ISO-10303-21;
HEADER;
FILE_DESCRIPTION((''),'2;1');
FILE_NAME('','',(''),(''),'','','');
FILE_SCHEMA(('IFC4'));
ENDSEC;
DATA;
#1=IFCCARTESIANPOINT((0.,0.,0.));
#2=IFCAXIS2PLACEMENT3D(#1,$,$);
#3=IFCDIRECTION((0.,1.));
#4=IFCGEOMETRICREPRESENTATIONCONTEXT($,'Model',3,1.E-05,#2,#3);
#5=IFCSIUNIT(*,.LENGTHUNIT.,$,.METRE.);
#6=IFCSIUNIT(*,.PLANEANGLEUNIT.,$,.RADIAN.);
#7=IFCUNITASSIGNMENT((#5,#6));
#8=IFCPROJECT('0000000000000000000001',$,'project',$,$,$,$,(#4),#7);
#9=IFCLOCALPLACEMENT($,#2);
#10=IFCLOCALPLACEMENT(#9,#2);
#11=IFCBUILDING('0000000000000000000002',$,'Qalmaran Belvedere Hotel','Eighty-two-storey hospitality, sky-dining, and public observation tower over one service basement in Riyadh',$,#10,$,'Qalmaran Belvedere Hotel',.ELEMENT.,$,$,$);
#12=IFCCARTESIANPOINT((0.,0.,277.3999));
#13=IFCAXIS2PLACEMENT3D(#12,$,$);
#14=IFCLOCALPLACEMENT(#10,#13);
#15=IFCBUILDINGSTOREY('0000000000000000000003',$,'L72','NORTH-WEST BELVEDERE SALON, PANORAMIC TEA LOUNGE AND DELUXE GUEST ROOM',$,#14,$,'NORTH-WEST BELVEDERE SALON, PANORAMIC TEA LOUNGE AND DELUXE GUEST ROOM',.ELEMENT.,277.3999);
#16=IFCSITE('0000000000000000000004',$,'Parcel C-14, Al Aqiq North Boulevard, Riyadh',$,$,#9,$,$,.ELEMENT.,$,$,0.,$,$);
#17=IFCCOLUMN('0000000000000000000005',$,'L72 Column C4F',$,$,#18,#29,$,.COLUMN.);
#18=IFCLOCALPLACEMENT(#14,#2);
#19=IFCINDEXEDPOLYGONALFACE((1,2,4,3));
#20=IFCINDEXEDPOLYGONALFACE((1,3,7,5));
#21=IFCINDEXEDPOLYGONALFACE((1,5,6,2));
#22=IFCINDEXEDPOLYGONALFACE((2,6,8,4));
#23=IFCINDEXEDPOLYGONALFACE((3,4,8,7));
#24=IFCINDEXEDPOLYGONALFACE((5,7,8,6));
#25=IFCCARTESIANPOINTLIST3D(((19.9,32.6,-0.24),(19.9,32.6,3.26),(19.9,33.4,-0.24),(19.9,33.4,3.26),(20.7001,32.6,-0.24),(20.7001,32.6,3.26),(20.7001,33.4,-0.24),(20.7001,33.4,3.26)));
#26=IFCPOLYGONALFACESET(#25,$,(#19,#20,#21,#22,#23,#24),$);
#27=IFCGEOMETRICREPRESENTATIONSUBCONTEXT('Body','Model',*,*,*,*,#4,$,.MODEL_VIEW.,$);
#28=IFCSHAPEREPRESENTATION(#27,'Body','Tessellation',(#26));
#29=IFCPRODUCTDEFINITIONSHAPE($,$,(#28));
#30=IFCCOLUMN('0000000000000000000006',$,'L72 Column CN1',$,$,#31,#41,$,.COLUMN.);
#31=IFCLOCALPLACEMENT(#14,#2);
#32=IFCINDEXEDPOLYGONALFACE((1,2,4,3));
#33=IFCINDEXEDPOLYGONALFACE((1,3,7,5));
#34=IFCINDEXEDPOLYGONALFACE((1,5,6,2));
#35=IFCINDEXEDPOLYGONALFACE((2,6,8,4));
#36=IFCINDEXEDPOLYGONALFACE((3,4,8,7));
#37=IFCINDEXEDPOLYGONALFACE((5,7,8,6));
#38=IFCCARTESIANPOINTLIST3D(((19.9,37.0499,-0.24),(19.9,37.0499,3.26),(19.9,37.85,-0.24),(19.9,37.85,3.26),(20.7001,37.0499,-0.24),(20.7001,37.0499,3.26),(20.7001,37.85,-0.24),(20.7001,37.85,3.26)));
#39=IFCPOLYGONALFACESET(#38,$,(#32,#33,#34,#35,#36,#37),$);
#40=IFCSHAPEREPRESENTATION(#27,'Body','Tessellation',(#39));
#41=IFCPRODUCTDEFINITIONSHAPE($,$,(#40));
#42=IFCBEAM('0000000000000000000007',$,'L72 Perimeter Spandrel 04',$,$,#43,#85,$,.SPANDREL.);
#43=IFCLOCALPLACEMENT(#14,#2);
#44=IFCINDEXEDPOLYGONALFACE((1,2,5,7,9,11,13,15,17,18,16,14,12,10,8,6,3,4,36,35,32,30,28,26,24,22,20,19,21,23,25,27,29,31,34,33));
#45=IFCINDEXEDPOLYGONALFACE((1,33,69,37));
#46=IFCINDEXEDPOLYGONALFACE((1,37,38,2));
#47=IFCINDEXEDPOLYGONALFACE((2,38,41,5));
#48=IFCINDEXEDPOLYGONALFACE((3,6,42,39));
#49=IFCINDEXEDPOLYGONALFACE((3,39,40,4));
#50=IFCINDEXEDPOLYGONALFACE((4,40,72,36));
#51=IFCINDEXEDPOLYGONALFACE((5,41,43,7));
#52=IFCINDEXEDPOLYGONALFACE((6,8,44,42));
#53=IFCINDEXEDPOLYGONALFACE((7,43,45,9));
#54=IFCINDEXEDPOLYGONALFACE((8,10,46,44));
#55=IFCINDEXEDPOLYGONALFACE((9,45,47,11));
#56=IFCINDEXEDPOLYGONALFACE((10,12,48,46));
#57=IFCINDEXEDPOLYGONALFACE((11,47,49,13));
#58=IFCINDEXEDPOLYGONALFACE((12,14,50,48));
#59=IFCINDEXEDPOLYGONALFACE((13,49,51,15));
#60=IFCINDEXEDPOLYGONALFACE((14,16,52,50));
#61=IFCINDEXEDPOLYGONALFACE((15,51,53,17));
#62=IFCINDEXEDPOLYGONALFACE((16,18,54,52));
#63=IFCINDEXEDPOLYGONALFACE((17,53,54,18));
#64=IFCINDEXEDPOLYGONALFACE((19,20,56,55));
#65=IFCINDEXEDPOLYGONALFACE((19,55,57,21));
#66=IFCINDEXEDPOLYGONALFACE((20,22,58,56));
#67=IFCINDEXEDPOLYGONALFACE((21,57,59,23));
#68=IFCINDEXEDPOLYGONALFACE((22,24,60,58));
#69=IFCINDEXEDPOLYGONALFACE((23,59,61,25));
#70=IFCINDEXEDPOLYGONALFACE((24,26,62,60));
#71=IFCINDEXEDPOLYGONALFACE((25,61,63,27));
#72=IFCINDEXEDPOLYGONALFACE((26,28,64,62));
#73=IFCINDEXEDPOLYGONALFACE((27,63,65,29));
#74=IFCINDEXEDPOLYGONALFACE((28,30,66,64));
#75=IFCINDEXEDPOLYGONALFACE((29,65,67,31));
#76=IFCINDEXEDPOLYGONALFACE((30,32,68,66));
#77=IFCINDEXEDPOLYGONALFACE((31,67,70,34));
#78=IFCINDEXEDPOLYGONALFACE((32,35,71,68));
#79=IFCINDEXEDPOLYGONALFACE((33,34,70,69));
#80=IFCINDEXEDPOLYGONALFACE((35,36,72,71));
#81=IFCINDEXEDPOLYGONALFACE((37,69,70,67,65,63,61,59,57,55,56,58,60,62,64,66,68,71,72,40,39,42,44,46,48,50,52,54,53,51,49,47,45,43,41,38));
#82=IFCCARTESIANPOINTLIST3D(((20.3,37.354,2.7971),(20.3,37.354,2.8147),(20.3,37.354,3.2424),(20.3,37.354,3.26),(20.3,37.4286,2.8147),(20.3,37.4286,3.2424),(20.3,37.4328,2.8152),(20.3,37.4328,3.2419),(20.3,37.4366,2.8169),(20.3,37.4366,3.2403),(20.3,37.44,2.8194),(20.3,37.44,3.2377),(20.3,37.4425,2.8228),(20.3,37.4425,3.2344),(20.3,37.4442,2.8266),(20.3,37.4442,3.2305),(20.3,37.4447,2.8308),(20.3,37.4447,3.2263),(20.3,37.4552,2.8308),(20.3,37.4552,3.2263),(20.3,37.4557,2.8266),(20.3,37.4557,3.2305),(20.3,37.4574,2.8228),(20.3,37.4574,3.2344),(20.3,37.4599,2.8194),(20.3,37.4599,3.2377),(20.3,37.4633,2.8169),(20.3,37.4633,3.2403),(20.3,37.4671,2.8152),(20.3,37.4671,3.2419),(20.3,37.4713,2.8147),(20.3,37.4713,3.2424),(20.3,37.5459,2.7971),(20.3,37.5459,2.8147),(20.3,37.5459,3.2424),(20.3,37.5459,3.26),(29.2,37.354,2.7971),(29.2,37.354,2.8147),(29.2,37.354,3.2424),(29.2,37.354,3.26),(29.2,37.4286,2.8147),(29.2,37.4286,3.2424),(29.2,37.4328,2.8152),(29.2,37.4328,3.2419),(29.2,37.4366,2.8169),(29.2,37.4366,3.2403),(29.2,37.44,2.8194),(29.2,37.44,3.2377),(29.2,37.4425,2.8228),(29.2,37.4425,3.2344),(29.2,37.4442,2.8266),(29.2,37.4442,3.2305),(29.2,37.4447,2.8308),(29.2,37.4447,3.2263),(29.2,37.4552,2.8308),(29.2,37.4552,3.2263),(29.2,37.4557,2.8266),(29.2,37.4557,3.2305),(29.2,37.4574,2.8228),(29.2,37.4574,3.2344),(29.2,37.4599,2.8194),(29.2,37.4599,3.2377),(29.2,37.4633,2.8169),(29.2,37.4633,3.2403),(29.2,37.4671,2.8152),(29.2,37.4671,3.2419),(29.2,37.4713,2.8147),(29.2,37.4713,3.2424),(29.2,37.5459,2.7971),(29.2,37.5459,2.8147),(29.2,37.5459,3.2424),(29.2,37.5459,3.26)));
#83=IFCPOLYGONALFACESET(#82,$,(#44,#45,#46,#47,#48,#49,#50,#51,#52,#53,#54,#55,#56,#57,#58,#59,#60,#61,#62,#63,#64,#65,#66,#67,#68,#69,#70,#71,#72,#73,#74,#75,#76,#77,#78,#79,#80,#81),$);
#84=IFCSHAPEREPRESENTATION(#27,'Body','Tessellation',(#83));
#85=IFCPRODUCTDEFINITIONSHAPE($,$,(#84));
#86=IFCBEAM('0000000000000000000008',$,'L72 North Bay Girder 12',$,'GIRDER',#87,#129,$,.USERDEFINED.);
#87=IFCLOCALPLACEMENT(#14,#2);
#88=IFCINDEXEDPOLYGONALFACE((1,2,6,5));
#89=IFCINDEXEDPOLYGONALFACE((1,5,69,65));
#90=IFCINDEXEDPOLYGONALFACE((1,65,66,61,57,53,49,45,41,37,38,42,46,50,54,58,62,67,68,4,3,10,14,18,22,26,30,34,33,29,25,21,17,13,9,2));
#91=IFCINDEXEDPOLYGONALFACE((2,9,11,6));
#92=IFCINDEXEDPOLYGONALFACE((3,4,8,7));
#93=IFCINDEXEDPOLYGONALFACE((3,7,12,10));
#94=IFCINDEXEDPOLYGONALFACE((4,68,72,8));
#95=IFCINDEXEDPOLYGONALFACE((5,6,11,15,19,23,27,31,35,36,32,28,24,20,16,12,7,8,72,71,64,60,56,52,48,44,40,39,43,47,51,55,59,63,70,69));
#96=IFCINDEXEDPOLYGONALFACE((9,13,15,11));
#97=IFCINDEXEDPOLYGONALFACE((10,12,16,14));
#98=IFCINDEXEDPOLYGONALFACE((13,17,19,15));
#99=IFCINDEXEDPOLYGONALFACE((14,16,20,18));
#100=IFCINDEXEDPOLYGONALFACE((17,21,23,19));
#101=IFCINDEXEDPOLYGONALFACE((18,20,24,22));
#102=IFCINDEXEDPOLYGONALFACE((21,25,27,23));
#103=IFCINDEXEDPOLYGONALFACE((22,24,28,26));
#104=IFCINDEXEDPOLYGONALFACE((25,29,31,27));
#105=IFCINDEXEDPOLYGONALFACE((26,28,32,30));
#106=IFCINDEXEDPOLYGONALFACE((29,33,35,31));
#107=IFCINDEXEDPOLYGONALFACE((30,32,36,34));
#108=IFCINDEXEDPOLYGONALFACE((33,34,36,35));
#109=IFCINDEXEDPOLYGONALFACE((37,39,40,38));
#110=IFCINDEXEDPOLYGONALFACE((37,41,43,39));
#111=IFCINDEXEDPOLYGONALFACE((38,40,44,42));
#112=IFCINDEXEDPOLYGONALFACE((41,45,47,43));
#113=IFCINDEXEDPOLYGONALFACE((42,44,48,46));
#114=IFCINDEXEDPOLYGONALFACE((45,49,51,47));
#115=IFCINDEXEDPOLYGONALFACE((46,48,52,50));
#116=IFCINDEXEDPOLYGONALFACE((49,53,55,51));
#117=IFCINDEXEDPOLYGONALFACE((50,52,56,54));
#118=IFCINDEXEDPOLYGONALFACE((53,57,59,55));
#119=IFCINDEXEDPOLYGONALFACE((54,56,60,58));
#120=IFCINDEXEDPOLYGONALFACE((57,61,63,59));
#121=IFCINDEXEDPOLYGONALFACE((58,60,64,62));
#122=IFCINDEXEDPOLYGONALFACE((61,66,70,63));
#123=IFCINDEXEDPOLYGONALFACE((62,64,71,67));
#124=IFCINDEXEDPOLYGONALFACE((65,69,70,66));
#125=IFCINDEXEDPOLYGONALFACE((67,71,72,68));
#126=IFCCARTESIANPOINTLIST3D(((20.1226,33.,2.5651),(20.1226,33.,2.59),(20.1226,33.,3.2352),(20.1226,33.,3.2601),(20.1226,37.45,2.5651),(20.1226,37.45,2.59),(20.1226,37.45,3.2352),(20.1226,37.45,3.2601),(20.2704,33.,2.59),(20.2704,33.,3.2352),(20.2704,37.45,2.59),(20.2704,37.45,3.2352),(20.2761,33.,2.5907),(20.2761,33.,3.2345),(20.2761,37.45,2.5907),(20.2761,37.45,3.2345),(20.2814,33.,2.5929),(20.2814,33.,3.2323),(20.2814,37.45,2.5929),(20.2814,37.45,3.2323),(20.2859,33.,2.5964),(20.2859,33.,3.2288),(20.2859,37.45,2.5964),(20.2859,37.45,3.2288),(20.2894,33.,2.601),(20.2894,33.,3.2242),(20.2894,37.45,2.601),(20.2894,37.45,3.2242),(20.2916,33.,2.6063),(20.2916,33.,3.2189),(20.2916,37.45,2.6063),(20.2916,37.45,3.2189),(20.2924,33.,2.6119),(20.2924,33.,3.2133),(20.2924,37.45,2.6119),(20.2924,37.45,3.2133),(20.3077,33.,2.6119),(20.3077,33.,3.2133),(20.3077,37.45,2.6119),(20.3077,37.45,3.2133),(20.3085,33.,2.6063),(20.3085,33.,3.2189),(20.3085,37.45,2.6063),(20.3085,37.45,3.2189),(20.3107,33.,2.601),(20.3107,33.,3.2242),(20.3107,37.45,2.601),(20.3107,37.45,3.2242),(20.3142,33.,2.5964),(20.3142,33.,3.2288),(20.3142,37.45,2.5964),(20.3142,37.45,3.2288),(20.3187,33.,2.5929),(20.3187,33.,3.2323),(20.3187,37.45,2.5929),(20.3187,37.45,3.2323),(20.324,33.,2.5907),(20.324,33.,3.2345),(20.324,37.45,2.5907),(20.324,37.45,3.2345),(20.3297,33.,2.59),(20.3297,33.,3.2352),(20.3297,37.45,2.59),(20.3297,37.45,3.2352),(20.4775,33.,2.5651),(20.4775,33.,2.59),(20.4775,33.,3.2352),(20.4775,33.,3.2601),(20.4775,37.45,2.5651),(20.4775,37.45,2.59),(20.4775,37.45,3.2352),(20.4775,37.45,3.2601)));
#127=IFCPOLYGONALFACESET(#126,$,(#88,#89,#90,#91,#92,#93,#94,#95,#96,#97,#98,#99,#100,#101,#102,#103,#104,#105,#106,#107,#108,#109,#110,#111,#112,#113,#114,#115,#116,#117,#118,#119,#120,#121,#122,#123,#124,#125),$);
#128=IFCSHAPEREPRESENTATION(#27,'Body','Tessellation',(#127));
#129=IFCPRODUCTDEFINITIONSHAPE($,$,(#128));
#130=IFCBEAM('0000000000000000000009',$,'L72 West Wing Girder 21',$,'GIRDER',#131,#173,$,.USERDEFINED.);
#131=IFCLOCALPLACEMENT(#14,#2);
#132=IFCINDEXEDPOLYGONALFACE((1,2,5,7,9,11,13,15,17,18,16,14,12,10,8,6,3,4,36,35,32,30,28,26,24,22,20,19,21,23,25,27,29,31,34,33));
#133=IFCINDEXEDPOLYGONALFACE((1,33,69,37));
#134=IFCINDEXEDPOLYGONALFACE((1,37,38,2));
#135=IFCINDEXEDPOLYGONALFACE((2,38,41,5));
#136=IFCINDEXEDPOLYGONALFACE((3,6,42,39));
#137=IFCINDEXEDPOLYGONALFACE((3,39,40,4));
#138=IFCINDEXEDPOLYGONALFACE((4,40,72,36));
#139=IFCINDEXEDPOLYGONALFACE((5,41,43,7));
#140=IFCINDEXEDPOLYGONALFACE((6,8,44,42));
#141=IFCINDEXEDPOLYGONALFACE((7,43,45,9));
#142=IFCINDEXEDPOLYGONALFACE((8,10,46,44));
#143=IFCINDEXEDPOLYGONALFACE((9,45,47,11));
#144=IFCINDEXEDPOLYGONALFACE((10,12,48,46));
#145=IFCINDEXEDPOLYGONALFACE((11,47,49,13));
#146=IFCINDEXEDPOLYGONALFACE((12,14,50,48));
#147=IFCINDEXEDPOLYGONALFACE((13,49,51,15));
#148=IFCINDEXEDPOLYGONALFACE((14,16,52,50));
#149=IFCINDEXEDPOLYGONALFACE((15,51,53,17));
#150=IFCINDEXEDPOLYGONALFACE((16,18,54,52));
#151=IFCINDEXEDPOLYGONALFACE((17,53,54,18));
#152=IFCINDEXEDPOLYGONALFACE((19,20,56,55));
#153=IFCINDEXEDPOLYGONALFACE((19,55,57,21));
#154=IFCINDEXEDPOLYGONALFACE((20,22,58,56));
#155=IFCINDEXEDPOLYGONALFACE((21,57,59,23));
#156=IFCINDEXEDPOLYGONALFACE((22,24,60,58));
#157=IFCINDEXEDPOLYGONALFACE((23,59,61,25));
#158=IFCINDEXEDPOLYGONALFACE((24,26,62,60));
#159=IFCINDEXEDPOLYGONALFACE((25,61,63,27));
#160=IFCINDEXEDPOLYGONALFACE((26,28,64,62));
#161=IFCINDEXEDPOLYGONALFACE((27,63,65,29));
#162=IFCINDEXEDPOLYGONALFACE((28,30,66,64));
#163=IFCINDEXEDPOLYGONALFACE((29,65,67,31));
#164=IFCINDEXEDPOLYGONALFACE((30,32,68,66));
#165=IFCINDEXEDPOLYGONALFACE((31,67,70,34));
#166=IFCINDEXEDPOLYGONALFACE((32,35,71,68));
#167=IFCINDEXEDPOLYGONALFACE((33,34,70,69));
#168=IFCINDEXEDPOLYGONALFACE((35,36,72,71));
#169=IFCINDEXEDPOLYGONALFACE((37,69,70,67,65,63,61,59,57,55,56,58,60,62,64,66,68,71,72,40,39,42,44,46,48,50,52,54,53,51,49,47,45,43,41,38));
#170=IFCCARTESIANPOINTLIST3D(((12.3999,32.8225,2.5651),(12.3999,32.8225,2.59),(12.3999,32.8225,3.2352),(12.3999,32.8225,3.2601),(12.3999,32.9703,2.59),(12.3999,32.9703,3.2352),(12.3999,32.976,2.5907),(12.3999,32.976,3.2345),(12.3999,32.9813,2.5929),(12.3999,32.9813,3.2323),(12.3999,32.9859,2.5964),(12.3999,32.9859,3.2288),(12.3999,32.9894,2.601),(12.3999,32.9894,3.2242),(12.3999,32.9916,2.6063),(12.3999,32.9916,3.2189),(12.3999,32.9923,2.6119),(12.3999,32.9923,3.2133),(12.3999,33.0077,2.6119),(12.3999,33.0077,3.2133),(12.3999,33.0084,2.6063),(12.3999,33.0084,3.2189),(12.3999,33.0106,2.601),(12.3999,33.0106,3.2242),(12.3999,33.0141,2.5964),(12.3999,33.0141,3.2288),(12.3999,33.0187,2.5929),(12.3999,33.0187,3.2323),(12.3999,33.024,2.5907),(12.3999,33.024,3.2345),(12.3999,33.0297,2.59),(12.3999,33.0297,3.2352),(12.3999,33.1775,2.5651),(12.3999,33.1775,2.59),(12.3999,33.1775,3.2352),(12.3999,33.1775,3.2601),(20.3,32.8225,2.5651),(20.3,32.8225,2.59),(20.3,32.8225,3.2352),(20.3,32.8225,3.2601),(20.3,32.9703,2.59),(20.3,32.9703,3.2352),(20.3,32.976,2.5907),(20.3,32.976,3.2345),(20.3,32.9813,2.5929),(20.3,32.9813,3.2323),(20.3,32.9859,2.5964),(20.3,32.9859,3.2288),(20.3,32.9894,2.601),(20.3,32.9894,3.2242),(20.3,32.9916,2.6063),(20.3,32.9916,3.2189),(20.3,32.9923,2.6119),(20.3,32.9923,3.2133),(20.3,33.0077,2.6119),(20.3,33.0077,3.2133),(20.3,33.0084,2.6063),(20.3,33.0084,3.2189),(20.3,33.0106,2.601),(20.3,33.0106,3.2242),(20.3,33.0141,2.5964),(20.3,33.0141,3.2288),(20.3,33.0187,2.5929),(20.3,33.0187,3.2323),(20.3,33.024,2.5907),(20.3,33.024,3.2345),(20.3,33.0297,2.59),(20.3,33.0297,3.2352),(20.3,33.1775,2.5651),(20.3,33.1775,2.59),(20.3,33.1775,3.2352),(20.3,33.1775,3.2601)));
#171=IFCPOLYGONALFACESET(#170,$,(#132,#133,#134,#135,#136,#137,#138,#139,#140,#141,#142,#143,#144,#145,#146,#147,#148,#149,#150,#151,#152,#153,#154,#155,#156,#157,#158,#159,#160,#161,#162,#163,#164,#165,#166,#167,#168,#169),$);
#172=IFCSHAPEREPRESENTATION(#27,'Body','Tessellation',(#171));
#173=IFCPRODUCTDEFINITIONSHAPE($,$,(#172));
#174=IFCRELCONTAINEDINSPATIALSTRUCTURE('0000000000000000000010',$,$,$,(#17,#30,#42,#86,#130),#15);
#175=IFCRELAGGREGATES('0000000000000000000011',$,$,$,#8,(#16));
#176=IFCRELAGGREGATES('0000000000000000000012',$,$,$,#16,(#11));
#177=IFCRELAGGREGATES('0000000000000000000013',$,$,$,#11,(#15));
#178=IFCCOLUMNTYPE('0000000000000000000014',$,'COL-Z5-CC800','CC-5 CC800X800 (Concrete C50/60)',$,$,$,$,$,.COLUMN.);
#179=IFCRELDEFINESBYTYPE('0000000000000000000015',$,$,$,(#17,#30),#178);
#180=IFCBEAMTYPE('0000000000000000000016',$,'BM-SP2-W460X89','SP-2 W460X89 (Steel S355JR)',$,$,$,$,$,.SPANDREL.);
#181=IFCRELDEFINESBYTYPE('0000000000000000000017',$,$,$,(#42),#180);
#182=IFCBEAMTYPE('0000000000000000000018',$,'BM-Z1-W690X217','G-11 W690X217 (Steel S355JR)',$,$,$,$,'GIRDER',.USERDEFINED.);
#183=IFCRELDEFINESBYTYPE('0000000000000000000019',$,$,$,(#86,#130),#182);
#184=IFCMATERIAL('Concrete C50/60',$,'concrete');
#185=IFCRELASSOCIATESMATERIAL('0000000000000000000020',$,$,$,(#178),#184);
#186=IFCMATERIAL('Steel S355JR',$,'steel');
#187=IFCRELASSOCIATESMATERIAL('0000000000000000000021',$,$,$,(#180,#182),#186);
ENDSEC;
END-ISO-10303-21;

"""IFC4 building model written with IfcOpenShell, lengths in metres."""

from ifc_helpers import new_model, si_unit, direction, frame, origin, origin_2d, place, context, subcontext, project, spatial, rectangle, i_section, extrude, material, material_profile, profile_set, type_object, element, save


model = new_model("IFC4")

# Units and contexts
model_context = context("Model", 3, precision=1e-05, world=origin(), true_north=direction((0.0, 1.0)))
body_context = subcontext(model_context, "Body", "Model", "MODEL_VIEW")
ifc_project = project(units=[si_unit("LENGTHUNIT", "METRE"), si_unit("PLANEANGLEUNIT", "RADIAN")], contexts=[model_context])

# Site, building, storey
site_placement = place(None, origin())
site = spatial("IfcSite", under=ifc_project, at=site_placement, Name="Parcel C-14, Al Aqiq North Boulevard, Riyadh", CompositionType="ELEMENT", RefElevation=0.0)
building_placement = place(site_placement, origin())
building = spatial("IfcBuilding", under=site, at=building_placement, Name="Qalmaran Belvedere Hotel", Description="Eighty-two-storey hospitality, sky-dining, and public observation tower over one service basement in Riyadh", LongName="Qalmaran Belvedere Hotel", CompositionType="ELEMENT")
storey_placement = place(building_placement, frame((0.0, 0.0, 277.3999)))
storey = spatial("IfcBuildingStorey", under=building, at=storey_placement, Name="L72", Description="NORTH-WEST BELVEDERE SALON, PANORAMIC TEA LOUNGE AND DELUXE GUEST ROOM", LongName="NORTH-WEST BELVEDERE SALON, PANORAMIC TEA LOUNGE AND DELUXE GUEST ROOM", CompositionType="ELEMENT", Elevation=277.3999)

# Columns
ifc_material_1 = material(Name="Concrete C50/60", Category="concrete")
ifc_material_profile_1 = material_profile(ifc_material_1, rectangle(XDim=0.8, YDim=0.8, at=origin_2d()), Name="CC800X800")
ifc_profile_set_1 = profile_set([ifc_material_profile_1], Name="Concrete C50/60")
column_type = type_object("IfcColumnType", Name="COL-Z5-CC800", Description="CC-5 CC800X800 (Concrete C50/60)", PredefinedType="COLUMN", material=ifc_profile_set_1)
for number, where, z_axis, x_axis, name in (
    (1, (20.3, 33.0, -0.24), (0.0, 0.0, 1.0), (1.0, 0.0, 0.0), "L72 Column C4F"),
    (2, (20.3, 37.45, -0.24), (0.0, 0.0, 1.0), (1.0, 0.0, 0.0), "L72 Column CN1"),
):
    element("IfcColumn", number, at=place(storey_placement, frame(where, z_axis=z_axis, x_axis=x_axis)), inside=storey, type_object=column_type, Name=name, PredefinedType="COLUMN", context=body_context, shape_type="SweptSolid", body=[
        extrude(rectangle(XDim=0.8, YDim=0.8, at=origin_2d()), origin(), (0.0, 0.0, 1.0), 3.5),
    ])

# Beams
ifc_material_2 = material(Name="Steel S355JR", Category="steel")
ifc_material_profile_2 = material_profile(ifc_material_2, i_section(OverallWidth=0.1919, OverallDepth=0.4629, WebThickness=0.0105, FlangeThickness=0.0176, FilletRadius=0.0161, at=origin_2d()), Name="W460X89")
ifc_profile_set_2 = profile_set([ifc_material_profile_2], Name="Steel S355JR")
beam_type_1 = type_object("IfcBeamType", Name="BM-SP2-W460X89", Description="SP-2 W460X89 (Steel S355JR)", PredefinedType="SPANDREL", material=ifc_profile_set_2)
beam_1_placement = place(storey_placement, frame((20.3, 37.45, 3.0286), z_axis=(1.0, 0.0, 0.0), x_axis=(0.0, 1.0, 0.0)))
element("IfcBeam", 3, at=beam_1_placement, inside=storey, type_object=beam_type_1, Name="L72 Perimeter Spandrel 04", PredefinedType="SPANDREL", context=body_context, shape_type="SweptSolid", body=[
    extrude(i_section(OverallWidth=0.1919, OverallDepth=0.4629, WebThickness=0.0105, FlangeThickness=0.0176, FilletRadius=0.0161, at=origin_2d()), origin(), (0.0, 0.0, 1.0), 8.8999),
])
ifc_material_profile_3 = material_profile(ifc_material_2, i_section(OverallWidth=0.355, OverallDepth=0.6951, WebThickness=0.0154, FlangeThickness=0.0249, FilletRadius=0.022, at=origin_2d()), Name="W690X217")
ifc_profile_set_3 = profile_set([ifc_material_profile_3], Name="Steel S355JR")
beam_type_2 = type_object("IfcBeamType", Name="BM-Z1-W690X217", Description="G-11 W690X217 (Steel S355JR)", ElementType="GIRDER", PredefinedType="USERDEFINED", material=ifc_profile_set_3)
beam_2_placement = place(storey_placement, frame((20.3, 33.0, 2.9126), z_axis=(0.0, 1.0, 0.0), x_axis=(-1.0, 0.0, 0.0)))
element("IfcBeam", 4, at=beam_2_placement, inside=storey, type_object=beam_type_2, Name="L72 North Bay Girder 12", ObjectType="GIRDER", PredefinedType="USERDEFINED", context=body_context, shape_type="SweptSolid", body=[
    extrude(i_section(OverallWidth=0.355, OverallDepth=0.6951, WebThickness=0.0154, FlangeThickness=0.0249, FilletRadius=0.022, at=origin_2d()), origin(), (0.0, 0.0, 1.0), 4.45),
])
beam_3_placement = place(storey_placement, frame((12.3999, 33.0, 2.9126), z_axis=(1.0, 0.0, 0.0), x_axis=(0.0, 1.0, 0.0)))
element("IfcBeam", 5, at=beam_3_placement, inside=storey, type_object=beam_type_2, Name="L72 West Wing Girder 21", ObjectType="GIRDER", PredefinedType="USERDEFINED", context=body_context, shape_type="SweptSolid", body=[
    extrude(i_section(OverallWidth=0.355, OverallDepth=0.6951, WebThickness=0.0154, FlangeThickness=0.0249, FilletRadius=0.022, at=origin_2d()), origin(), (0.0, 0.0, 1.0), 7.9001),
])

save(model, "model.ifc")
